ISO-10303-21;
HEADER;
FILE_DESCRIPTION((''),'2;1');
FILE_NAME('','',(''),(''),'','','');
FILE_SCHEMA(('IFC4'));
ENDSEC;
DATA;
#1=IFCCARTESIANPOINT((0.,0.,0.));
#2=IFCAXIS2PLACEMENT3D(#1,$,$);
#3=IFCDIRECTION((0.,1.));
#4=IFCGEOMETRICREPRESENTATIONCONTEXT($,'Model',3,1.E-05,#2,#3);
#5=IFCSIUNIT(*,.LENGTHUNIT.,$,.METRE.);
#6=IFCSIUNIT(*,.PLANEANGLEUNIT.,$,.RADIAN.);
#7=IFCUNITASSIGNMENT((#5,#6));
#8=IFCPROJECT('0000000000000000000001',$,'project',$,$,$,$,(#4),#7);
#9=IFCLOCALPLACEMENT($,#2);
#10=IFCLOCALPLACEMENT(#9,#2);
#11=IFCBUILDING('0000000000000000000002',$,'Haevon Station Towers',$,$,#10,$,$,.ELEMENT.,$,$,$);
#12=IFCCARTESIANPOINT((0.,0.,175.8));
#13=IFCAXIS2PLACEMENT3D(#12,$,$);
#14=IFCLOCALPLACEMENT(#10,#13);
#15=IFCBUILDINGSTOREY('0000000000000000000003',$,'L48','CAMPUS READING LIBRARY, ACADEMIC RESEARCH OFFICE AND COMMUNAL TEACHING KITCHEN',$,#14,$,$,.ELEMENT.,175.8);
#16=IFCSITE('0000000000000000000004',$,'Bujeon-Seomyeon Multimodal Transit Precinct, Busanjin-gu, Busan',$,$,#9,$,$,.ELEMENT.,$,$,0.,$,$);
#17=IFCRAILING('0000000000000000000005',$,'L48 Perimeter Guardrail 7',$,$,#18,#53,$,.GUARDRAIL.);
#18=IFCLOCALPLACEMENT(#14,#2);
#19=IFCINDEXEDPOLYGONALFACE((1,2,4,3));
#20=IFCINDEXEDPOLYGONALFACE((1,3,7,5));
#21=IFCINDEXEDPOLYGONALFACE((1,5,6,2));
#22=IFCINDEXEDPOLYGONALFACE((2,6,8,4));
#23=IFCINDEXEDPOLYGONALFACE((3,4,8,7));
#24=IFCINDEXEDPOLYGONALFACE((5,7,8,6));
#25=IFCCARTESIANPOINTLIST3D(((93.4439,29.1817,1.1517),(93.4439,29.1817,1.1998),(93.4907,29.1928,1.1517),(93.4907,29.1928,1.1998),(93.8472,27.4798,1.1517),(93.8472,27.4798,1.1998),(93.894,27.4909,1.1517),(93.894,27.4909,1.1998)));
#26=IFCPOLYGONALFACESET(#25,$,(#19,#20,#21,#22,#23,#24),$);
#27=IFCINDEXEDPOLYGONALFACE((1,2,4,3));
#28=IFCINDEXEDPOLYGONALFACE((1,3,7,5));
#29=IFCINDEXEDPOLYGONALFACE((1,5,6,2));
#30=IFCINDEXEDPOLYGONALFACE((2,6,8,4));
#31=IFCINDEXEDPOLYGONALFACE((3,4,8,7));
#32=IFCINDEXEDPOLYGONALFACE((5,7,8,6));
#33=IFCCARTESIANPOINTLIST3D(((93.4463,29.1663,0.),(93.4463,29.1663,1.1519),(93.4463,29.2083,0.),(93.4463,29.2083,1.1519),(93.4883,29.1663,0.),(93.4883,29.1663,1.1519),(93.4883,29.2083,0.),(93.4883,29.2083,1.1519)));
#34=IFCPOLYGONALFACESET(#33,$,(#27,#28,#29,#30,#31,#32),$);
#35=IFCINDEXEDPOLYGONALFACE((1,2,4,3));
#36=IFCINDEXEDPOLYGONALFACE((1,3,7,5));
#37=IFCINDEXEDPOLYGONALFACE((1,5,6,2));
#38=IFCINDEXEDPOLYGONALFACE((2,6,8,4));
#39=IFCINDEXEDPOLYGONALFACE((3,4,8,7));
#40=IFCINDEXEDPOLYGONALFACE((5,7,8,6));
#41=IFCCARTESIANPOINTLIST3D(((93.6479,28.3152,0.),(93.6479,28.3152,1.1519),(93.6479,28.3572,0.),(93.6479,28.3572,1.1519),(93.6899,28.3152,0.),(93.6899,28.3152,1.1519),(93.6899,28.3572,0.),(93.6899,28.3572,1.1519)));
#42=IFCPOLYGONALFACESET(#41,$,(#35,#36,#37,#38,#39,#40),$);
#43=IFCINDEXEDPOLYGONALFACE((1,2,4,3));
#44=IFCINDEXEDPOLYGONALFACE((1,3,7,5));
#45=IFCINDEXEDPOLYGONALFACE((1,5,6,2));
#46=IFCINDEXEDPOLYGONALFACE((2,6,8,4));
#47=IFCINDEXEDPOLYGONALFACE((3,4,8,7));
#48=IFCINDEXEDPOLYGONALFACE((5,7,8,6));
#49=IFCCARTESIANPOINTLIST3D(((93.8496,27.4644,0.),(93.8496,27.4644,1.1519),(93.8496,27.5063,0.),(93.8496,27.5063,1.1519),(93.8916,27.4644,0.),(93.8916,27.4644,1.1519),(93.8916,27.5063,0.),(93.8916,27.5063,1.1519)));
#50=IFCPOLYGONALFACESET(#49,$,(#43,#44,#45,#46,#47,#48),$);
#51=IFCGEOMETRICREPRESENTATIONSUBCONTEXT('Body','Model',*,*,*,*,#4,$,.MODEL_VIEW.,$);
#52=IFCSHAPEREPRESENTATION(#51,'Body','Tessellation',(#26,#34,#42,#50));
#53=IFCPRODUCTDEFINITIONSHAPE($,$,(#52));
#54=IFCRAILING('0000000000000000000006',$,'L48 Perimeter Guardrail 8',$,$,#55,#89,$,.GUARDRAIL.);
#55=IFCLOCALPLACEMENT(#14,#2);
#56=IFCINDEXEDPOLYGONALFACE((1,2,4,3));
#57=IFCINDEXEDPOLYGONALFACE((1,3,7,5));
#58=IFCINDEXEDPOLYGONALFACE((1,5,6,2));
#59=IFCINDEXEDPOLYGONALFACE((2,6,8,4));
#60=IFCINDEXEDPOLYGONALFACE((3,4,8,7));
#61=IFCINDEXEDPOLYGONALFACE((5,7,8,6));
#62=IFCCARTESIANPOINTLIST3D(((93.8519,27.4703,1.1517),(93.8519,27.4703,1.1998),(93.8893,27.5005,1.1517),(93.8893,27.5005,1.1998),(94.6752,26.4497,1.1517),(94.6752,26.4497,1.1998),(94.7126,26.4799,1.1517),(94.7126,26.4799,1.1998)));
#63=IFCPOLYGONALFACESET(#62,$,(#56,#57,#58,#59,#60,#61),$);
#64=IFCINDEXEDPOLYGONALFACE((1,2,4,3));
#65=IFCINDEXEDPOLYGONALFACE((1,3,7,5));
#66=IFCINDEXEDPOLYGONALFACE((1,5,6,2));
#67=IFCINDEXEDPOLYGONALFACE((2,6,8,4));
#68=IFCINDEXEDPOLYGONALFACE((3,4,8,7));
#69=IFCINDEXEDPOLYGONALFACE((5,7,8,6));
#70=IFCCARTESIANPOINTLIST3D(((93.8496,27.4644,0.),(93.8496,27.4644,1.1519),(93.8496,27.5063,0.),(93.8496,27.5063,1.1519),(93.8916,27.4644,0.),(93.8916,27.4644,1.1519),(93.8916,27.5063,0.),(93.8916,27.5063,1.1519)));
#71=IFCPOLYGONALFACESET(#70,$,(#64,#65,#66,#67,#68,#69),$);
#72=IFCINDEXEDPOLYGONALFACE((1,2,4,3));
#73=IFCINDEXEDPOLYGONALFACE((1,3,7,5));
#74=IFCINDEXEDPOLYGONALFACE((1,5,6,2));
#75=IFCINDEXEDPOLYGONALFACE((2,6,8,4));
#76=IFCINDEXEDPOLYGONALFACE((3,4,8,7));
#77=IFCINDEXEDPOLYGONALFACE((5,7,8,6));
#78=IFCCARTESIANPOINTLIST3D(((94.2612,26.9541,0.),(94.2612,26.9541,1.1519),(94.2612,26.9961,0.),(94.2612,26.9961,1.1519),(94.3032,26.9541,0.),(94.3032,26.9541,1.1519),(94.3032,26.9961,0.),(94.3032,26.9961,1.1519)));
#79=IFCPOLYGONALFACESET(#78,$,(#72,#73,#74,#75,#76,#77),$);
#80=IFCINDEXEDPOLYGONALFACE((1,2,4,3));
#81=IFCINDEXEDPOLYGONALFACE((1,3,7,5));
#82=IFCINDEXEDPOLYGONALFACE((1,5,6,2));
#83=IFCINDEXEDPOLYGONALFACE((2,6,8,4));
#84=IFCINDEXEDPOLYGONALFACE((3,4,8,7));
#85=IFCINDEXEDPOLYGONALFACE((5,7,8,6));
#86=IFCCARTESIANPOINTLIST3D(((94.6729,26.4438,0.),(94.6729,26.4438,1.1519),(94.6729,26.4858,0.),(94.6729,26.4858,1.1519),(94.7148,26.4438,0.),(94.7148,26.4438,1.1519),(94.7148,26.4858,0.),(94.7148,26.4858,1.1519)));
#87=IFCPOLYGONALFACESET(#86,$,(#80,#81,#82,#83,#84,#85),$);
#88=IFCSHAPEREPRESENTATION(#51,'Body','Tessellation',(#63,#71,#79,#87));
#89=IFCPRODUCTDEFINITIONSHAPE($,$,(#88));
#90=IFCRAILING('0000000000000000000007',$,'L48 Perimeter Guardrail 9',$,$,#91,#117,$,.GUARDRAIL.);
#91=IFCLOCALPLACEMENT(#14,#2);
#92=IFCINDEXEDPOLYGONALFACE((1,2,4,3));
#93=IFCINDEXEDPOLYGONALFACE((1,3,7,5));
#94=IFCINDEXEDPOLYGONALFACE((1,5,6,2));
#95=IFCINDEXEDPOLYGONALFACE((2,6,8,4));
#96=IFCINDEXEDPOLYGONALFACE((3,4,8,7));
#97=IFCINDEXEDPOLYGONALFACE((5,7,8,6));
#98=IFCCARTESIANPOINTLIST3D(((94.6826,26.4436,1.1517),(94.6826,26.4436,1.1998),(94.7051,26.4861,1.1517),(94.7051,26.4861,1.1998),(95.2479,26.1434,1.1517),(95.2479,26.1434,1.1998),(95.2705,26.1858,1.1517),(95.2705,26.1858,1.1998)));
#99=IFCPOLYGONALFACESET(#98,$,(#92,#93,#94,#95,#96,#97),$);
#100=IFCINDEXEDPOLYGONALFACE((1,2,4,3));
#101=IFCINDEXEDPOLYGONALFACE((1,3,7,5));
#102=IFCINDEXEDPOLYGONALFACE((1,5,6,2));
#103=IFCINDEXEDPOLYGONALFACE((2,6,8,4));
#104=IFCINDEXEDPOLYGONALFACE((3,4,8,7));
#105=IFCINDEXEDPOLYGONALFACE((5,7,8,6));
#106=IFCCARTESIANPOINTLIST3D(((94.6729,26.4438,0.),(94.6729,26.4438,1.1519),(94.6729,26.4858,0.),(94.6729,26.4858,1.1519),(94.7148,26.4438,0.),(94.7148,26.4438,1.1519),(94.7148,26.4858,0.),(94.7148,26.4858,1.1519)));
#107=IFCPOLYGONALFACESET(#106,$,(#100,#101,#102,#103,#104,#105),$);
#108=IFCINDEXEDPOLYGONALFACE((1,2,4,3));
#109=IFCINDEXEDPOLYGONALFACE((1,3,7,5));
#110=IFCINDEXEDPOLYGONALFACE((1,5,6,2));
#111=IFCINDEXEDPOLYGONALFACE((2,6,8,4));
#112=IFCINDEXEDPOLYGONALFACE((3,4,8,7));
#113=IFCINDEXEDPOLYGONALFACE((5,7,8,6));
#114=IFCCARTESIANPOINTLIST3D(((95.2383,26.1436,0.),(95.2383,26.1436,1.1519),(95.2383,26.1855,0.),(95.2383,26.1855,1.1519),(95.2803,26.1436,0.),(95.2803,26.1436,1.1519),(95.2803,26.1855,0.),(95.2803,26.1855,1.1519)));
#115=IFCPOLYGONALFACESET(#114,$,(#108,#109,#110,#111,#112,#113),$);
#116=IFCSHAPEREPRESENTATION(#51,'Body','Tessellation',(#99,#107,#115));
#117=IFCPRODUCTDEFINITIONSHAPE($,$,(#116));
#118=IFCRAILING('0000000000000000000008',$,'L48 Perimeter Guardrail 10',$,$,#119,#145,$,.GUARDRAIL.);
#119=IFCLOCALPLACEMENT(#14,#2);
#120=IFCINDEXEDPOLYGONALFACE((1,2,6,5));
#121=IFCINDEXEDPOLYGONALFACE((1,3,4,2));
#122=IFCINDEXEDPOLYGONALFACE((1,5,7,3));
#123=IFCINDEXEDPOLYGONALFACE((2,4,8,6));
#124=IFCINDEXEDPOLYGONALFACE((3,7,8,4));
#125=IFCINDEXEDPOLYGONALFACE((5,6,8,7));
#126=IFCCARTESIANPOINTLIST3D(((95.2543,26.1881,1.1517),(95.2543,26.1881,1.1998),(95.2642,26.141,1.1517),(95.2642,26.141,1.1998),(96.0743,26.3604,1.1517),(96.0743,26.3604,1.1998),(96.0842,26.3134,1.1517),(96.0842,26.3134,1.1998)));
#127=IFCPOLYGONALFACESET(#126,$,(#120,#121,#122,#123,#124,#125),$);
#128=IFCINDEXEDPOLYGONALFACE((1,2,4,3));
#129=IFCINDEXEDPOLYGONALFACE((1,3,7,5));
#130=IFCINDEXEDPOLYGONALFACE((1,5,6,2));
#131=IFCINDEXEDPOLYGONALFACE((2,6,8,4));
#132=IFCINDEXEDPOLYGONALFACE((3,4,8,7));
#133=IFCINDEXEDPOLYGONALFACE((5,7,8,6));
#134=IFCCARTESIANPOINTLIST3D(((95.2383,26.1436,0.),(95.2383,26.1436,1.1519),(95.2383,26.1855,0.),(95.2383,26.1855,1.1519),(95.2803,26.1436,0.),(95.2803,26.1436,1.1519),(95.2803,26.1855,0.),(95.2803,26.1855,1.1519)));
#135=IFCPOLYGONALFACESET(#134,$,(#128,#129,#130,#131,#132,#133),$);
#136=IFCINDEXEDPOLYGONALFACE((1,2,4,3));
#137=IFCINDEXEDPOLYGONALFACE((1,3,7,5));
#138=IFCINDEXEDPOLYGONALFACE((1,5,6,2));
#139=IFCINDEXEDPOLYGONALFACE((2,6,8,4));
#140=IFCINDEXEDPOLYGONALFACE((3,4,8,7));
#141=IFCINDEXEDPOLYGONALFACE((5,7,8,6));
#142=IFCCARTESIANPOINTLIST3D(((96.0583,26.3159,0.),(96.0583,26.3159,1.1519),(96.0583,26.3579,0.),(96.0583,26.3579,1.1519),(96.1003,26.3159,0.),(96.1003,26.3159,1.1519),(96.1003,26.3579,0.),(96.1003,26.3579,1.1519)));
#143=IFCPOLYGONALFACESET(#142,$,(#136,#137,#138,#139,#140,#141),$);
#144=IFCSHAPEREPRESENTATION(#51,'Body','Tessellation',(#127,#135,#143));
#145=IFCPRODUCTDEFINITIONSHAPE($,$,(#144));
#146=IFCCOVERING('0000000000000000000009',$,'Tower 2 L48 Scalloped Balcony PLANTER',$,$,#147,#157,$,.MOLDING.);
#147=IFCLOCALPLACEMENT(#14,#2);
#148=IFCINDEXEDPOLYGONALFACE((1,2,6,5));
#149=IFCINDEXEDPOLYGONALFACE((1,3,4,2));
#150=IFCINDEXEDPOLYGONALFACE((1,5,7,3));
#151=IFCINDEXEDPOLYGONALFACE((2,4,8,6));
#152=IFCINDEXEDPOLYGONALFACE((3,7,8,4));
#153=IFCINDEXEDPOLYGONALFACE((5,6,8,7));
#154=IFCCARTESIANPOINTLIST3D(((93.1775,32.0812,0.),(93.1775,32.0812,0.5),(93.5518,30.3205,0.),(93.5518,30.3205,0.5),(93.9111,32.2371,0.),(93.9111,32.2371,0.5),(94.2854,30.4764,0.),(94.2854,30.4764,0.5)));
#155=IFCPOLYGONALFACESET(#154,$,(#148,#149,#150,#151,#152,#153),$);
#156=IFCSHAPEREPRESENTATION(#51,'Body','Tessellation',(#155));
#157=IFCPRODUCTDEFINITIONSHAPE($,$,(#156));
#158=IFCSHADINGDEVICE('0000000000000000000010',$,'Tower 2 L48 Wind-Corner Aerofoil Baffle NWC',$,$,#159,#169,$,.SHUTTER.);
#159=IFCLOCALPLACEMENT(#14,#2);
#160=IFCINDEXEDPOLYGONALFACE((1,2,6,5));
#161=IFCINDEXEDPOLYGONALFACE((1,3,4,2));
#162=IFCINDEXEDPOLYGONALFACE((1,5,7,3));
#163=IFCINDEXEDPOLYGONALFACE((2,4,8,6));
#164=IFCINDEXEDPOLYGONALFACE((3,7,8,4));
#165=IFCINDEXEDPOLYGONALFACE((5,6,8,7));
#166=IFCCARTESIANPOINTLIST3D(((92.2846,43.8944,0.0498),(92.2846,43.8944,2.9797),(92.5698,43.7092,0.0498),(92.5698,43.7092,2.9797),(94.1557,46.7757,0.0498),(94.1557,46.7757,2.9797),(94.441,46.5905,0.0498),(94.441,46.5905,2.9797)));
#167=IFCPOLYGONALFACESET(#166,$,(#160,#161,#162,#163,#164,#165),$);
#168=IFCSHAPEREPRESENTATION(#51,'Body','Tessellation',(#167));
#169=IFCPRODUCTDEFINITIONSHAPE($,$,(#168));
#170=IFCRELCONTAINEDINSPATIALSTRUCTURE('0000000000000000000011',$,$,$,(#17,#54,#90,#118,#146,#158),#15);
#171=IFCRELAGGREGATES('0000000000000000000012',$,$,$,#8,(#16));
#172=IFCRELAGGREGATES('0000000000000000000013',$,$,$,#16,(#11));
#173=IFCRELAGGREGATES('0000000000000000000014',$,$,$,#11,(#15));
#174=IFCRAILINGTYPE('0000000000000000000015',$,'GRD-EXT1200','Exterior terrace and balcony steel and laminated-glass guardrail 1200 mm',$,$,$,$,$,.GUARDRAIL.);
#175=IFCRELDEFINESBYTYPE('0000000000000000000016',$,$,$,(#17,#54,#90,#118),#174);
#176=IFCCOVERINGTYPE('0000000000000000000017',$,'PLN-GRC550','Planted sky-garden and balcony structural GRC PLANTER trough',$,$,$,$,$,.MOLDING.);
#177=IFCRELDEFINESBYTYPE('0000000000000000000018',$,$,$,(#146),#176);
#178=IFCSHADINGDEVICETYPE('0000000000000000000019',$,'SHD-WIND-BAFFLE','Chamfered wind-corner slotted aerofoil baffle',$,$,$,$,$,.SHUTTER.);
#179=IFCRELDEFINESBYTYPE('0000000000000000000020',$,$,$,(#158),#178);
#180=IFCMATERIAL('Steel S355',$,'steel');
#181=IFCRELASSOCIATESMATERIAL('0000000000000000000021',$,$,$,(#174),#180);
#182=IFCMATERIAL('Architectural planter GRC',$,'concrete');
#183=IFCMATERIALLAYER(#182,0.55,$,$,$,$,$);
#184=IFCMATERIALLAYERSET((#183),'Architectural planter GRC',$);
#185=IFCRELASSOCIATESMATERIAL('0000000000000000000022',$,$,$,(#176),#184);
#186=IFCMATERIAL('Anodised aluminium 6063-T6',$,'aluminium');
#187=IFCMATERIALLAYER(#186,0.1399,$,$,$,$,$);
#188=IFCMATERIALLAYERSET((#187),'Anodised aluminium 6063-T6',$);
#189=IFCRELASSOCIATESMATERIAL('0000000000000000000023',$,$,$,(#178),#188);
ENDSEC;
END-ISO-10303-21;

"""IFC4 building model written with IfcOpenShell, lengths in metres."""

from ifc_helpers import new_model, si_unit, direction, frame, origin, origin_2d, place, context, subcontext, project, spatial, rectangle, extrude, material, layer, layer_set, type_object, element, save


model = new_model("IFC4")

# Units and contexts
model_context = context("Model", 3, precision=1e-05, world=origin(), true_north=direction((0.0, 1.0)))
body_context = subcontext(model_context, "Body", "Model", "MODEL_VIEW")
ifc_project = project(units=[si_unit("LENGTHUNIT", "METRE"), si_unit("PLANEANGLEUNIT", "RADIAN")], contexts=[model_context])

# Site, building, storey
site_placement = place(None, origin())
site = spatial("IfcSite", under=ifc_project, at=site_placement, Name="Bujeon-Seomyeon Multimodal Transit Precinct, Busanjin-gu, Busan", CompositionType="ELEMENT", RefElevation=0.0)
building_placement = place(site_placement, origin())
building = spatial("IfcBuilding", under=site, at=building_placement, Name="Haevon Station Towers", CompositionType="ELEMENT")
storey_placement = place(building_placement, frame((0.0, 0.0, 175.8)))
storey = spatial("IfcBuildingStorey", under=building, at=storey_placement, Name="L48", Description="CAMPUS READING LIBRARY, ACADEMIC RESEARCH OFFICE AND COMMUNAL TEACHING KITCHEN", CompositionType="ELEMENT", Elevation=175.8)

# Shared definitions
ifc_material_1 = material(Name="Steel S355", Category="steel")

# Railings
railing_type = type_object("IfcRailingType", Name="GRD-EXT1200", Description="Exterior terrace and balcony steel and laminated-glass guardrail 1200 mm", PredefinedType="GUARDRAIL", material=ifc_material_1)
railing_1_placement = place(storey_placement, frame((93.4673, 29.1873, 0.0)))
element("IfcRailing", 1, at=railing_1_placement, inside=storey, type_object=railing_type, Name="L48 Perimeter Guardrail 7", PredefinedType="GUARDRAIL", context=body_context, shape_type="SweptSolid", body=[
    extrude(rectangle(XDim=0.0481, YDim=0.0481, at=origin_2d()), frame((0.0, 0.0, 1.1758), z_axis=(0.230595, -0.97305, 0.0), x_axis=(0.97305, 0.230595, 0.0)), (0.0, 0.0, 1.0), 1.749),
    extrude(rectangle(XDim=0.042, YDim=0.042, at=origin_2d()), origin(), (0.0, 0.0, 1.0), 1.1519),
    extrude(rectangle(XDim=0.042, YDim=0.042, at=origin_2d()), frame((0.2017, -0.8511, 0.0)), (0.0, 0.0, 1.0), 1.1519),
    extrude(rectangle(XDim=0.042, YDim=0.042, at=origin_2d()), frame((0.4033, -1.7019, 0.0)), (0.0, 0.0, 1.0), 1.1519),
])
railing_2_placement = place(storey_placement, frame((93.8706, 27.4854, 0.0)))
element("IfcRailing", 2, at=railing_2_placement, inside=storey, type_object=railing_type, Name="L48 Perimeter Guardrail 8", PredefinedType="GUARDRAIL", context=body_context, shape_type="SweptSolid", body=[
    extrude(rectangle(XDim=0.0481, YDim=0.0481, at=origin_2d()), frame((0.0, 0.0, 1.1758), z_axis=(0.627869, -0.778319, 0.0), x_axis=(0.778319, 0.627869, 0.0)), (0.0, 0.0, 1.0), 1.3113),
    extrude(rectangle(XDim=0.042, YDim=0.042, at=origin_2d()), origin(), (0.0, 0.0, 1.0), 1.1519),
    extrude(rectangle(XDim=0.042, YDim=0.042, at=origin_2d()), frame((0.4116, -0.5103, 0.0)), (0.0, 0.0, 1.0), 1.1519),
    extrude(rectangle(XDim=0.042, YDim=0.042, at=origin_2d()), frame((0.8232, -1.0205, 0.0)), (0.0, 0.0, 1.0), 1.1519),
])
railing_3_placement = place(storey_placement, frame((94.6938, 26.4648, 0.0)))
element("IfcRailing", 3, at=railing_3_placement, inside=storey, type_object=railing_type, Name="L48 Perimeter Guardrail 9", PredefinedType="GUARDRAIL", context=body_context, shape_type="SweptSolid", body=[
    extrude(rectangle(XDim=0.0481, YDim=0.0481, at=origin_2d()), frame((0.0, 0.0, 1.1758), z_axis=(0.883175, -0.469044, 0.0), x_axis=(0.469044, 0.883175, 0.0)), (0.0, 0.0, 1.0), 0.6401),
    extrude(rectangle(XDim=0.042, YDim=0.042, at=origin_2d()), origin(), (0.0, 0.0, 1.0), 1.1519),
    extrude(rectangle(XDim=0.042, YDim=0.042, at=origin_2d()), frame((0.5654, -0.3003, 0.0)), (0.0, 0.0, 1.0), 1.1519),
])
railing_4_placement = place(storey_placement, frame((95.2593, 26.1646, 0.0)))
element("IfcRailing", 4, at=railing_4_placement, inside=storey, type_object=railing_type, Name="L48 Perimeter Guardrail 10", PredefinedType="GUARDRAIL", context=body_context, shape_type="SweptSolid", body=[
    extrude(rectangle(XDim=0.0481, YDim=0.0481, at=origin_2d()), frame((0.0, 0.0, 1.1758), z_axis=(0.978618, 0.205687, 0.0), x_axis=(-0.205687, 0.978618, 0.0)), (0.0, 0.0, 1.0), 0.8379),
    extrude(rectangle(XDim=0.042, YDim=0.042, at=origin_2d()), origin(), (0.0, 0.0, 1.0), 1.1519),
    extrude(rectangle(XDim=0.042, YDim=0.042, at=origin_2d()), frame((0.8201, 0.1724, 0.0)), (0.0, 0.0, 1.0), 1.1519),
])

# Covering
ifc_material_2 = material(Name="Architectural planter GRC", Category="concrete")
ifc_layer_1 = layer(ifc_material_2, 0.55)
ifc_layer_set_1 = layer_set([ifc_layer_1], Name="Architectural planter GRC")
covering_type = type_object("IfcCoveringType", Name="PLN-GRC550", Description="Planted sky-garden and balcony structural GRC PLANTER trough", PredefinedType="MOLDING", material=ifc_layer_set_1)
covering_placement = place(storey_placement, frame((93.7314, 31.2788, 0.0), z_axis=(0.0, 0.0, 1.0), x_axis=(0.978148, 0.207912, 0.0)))
element("IfcCovering", 5, at=covering_placement, inside=storey, type_object=covering_type, Name="Tower 2 L48 Scalloped Balcony PLANTER", PredefinedType="MOLDING", context=body_context, shape_type="SweptSolid", body=[
    extrude(rectangle(XDim=0.75, YDim=1.8, at=origin_2d()), origin(), (0.0, 0.0, 1.0), 0.5),
])

# Shading device
ifc_material_3 = material(Name="Anodised aluminium 6063-T6", Category="aluminium")
ifc_layer_2 = layer(ifc_material_3, 0.1399)
ifc_layer_set_2 = layer_set([ifc_layer_2], Name="Anodised aluminium 6063-T6")
shading_device_type = type_object("IfcShadingDeviceType", Name="SHD-WIND-BAFFLE", Description="Chamfered wind-corner slotted aerofoil baffle", PredefinedType="SHUTTER", material=ifc_layer_set_2)
shading_device_placement = place(storey_placement, frame((93.3628, 45.2424, 0.0498), z_axis=(0.0, 0.0, 1.0), x_axis=(0.544639, 0.838671, 0.0)))
element("IfcShadingDevice", 6, at=shading_device_placement, inside=storey, type_object=shading_device_type, Name="Tower 2 L48 Wind-Corner Aerofoil Baffle NWC", PredefinedType="SHUTTER", context=body_context, shape_type="SweptSolid", body=[
    extrude(rectangle(XDim=3.4355, YDim=0.3401, at=origin_2d()), origin(), (0.0, 0.0, 1.0), 2.9299),
])

save(model, "model.ifc")
